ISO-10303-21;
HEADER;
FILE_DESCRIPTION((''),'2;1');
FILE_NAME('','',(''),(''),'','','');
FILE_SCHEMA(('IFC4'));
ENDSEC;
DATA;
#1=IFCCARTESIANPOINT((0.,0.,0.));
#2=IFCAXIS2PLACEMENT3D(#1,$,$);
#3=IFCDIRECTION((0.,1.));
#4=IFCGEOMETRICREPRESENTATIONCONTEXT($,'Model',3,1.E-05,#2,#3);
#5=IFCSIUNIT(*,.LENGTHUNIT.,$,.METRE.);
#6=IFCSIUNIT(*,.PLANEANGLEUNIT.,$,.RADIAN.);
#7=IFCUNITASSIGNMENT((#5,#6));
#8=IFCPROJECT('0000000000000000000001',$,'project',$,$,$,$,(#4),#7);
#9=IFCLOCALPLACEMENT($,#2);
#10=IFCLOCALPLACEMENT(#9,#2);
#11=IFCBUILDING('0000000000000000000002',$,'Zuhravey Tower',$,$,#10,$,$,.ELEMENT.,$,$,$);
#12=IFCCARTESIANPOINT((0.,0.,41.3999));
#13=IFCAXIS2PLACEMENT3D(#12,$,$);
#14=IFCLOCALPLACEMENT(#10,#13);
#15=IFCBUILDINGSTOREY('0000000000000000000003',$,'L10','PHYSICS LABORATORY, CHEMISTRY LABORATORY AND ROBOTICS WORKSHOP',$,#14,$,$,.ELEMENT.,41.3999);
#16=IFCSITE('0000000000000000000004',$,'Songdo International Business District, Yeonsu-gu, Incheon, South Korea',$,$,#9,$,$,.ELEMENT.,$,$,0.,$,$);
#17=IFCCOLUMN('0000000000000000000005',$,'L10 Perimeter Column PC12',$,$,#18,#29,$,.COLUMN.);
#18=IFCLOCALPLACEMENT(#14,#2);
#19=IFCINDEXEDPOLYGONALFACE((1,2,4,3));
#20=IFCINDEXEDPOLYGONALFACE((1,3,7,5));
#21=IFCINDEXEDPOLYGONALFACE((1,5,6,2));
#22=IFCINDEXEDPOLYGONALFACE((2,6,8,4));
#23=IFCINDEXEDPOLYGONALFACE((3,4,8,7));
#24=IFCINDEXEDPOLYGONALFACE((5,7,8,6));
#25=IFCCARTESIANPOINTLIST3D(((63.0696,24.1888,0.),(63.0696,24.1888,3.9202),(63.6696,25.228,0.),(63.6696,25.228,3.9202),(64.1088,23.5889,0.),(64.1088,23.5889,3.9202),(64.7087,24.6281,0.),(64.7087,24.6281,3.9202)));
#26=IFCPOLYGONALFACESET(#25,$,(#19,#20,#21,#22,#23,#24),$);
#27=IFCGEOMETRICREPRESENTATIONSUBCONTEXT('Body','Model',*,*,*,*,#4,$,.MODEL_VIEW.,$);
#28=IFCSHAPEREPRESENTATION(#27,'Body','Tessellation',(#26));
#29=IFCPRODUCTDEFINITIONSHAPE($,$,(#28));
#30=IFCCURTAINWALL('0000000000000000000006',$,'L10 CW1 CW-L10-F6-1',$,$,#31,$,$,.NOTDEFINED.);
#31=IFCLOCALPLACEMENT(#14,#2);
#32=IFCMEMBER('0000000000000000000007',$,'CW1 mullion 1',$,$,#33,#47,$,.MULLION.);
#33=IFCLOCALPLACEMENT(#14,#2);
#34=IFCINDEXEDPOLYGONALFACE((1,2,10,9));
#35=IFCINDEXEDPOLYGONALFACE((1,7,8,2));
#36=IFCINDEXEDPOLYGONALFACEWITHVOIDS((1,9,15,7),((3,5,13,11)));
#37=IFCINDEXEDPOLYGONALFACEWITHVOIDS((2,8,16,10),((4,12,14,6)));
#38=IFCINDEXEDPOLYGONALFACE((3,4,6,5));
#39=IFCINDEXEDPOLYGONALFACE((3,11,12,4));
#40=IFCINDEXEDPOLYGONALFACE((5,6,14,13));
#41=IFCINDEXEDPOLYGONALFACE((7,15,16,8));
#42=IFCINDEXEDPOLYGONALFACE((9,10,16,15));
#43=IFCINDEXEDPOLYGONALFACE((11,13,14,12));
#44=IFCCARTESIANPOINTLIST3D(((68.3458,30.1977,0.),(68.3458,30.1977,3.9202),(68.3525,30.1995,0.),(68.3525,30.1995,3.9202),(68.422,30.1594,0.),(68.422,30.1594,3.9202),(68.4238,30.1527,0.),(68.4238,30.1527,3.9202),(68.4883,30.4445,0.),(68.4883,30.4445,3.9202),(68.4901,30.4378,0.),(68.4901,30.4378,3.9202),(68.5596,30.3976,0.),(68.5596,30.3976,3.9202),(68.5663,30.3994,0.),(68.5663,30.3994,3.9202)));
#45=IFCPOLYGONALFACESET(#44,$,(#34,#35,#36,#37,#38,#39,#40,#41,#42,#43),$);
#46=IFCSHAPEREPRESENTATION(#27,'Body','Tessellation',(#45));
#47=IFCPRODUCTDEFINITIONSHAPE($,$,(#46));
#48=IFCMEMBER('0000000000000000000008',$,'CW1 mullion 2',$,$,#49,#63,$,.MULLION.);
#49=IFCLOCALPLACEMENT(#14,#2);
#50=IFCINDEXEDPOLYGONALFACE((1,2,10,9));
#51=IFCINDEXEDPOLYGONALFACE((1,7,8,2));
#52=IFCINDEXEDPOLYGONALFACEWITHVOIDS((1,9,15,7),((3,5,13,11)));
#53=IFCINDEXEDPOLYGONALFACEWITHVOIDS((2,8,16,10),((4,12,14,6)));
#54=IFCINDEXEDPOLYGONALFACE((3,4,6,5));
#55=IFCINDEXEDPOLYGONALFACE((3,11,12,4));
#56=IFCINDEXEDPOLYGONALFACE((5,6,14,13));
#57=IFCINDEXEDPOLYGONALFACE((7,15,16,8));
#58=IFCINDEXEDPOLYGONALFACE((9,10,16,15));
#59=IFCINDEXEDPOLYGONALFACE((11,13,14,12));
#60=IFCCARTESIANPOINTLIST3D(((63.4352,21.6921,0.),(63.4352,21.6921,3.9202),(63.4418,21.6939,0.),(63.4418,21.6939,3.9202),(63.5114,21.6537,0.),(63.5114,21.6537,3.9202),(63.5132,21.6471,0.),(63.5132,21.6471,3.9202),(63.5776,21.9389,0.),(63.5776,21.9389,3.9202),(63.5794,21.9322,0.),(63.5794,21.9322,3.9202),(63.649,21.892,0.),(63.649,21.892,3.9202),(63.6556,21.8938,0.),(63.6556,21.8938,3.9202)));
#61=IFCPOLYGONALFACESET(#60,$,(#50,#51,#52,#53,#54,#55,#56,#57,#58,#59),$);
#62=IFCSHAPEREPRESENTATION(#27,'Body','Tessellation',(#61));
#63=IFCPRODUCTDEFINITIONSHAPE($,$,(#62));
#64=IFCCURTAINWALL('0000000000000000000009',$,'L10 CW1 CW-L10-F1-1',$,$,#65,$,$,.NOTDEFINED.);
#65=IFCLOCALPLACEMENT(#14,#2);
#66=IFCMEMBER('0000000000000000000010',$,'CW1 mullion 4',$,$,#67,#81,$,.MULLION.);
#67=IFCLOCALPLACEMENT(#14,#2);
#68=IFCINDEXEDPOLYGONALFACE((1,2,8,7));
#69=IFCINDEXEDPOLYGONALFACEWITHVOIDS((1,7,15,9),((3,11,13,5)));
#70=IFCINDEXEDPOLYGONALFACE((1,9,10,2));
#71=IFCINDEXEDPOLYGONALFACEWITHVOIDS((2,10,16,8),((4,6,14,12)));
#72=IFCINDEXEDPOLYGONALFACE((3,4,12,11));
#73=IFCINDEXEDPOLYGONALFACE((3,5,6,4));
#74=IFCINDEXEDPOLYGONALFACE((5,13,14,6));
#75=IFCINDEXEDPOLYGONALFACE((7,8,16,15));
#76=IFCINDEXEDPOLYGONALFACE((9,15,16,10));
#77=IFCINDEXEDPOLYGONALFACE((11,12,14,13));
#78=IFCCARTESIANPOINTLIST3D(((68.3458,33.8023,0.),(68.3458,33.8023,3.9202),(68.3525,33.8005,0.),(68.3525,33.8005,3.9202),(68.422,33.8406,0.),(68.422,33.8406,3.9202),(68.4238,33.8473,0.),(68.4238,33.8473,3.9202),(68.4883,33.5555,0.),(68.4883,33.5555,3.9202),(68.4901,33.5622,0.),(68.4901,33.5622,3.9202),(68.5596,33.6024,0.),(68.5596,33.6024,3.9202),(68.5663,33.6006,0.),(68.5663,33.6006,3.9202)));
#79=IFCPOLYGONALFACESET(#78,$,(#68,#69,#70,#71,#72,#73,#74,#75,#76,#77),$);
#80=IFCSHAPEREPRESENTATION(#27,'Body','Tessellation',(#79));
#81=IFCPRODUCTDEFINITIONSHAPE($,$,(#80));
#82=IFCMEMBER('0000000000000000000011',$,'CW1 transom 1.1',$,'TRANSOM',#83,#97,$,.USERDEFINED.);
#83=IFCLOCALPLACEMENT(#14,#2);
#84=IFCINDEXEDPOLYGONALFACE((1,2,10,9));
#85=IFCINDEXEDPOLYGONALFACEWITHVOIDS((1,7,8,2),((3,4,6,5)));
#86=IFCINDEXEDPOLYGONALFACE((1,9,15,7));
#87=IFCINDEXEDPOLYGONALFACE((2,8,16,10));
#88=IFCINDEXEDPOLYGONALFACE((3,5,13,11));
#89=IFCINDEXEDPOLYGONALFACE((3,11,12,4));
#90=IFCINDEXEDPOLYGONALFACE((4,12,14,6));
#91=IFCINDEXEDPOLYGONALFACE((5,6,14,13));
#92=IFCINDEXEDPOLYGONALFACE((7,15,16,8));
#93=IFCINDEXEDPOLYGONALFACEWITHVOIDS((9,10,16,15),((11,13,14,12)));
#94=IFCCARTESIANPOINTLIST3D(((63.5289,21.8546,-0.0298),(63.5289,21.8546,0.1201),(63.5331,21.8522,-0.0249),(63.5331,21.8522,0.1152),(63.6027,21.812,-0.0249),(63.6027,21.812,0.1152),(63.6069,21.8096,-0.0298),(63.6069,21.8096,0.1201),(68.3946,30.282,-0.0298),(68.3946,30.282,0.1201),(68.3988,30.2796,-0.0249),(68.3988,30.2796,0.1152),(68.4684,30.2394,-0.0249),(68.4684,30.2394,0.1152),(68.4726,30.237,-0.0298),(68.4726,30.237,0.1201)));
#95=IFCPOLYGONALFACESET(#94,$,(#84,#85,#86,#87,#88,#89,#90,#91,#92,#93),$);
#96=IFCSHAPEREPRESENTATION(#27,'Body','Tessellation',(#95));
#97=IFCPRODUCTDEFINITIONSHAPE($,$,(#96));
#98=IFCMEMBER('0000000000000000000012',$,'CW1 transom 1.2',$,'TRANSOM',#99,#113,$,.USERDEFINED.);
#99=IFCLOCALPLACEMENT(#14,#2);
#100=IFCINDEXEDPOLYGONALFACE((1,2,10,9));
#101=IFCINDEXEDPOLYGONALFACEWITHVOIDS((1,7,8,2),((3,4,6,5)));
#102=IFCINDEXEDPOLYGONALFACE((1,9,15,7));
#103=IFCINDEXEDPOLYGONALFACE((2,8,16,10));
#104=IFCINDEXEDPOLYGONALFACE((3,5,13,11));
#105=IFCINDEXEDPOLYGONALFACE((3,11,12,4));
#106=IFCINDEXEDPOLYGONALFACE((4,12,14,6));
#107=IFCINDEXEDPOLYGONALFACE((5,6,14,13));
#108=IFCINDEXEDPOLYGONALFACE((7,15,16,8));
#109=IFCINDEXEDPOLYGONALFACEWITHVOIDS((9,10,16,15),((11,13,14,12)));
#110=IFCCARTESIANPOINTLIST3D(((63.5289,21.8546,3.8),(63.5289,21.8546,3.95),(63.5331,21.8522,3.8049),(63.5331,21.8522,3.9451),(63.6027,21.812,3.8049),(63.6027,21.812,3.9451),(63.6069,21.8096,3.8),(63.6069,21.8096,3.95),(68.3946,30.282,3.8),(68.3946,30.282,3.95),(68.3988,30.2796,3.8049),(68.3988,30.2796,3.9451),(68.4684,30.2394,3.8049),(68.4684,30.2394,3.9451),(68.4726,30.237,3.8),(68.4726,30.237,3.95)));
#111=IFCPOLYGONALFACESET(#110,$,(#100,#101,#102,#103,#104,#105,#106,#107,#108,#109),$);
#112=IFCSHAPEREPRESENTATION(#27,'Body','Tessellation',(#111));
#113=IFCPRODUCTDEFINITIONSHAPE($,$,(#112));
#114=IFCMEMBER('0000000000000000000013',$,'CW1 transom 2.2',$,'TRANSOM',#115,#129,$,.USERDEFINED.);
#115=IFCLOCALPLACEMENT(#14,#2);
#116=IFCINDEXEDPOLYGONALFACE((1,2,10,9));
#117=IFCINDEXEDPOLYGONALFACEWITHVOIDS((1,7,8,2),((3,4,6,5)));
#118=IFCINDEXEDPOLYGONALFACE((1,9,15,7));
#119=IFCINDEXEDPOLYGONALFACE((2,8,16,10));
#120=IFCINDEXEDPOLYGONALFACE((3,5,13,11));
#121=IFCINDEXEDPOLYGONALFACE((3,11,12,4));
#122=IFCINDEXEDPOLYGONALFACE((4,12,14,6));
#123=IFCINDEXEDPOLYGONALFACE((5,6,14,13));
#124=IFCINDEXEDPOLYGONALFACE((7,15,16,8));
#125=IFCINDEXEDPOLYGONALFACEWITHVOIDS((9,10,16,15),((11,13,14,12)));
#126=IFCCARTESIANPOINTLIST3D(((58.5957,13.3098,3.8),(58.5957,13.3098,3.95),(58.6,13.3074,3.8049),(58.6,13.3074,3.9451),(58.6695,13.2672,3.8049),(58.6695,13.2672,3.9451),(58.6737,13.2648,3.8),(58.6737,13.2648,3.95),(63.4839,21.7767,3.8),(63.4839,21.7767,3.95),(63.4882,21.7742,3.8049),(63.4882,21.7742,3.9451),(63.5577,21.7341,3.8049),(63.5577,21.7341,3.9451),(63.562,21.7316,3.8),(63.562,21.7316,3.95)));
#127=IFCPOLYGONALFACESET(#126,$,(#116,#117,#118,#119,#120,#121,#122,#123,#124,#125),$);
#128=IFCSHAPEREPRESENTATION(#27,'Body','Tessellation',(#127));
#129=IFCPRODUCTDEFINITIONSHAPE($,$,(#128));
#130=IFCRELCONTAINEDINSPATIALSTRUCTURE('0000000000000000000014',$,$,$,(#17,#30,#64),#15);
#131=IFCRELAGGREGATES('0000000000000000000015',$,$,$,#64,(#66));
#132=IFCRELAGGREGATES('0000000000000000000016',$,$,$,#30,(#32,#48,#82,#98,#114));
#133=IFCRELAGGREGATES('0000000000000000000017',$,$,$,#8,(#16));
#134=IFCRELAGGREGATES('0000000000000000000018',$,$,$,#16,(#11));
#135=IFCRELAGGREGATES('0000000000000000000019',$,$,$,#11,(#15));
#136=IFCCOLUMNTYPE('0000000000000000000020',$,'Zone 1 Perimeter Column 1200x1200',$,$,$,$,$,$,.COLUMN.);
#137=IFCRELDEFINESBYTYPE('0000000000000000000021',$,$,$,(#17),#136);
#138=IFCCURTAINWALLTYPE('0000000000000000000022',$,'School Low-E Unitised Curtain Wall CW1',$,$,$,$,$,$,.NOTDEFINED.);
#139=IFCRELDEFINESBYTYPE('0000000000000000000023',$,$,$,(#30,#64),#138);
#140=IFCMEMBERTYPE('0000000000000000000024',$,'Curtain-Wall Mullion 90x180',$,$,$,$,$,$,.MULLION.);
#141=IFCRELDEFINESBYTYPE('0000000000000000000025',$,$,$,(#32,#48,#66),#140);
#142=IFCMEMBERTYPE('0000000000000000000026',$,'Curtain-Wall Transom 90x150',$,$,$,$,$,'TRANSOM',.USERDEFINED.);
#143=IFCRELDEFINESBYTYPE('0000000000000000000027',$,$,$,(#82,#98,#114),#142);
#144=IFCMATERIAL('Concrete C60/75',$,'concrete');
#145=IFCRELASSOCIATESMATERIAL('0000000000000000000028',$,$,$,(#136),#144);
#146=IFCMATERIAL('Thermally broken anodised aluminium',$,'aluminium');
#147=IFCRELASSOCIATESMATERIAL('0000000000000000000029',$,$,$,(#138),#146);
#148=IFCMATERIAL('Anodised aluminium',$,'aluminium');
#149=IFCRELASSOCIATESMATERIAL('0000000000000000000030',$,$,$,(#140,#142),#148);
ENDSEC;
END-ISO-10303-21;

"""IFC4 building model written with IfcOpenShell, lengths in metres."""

from ifc_helpers import new_model, si_unit, direction, frame, origin, origin_2d, place, context, subcontext, project, spatial, rectangle, hollow_rectangle, extrude, material, material_profile, profile_set, type_object, element, aggregate, save


model = new_model("IFC4")

# Units and contexts
model_context = context("Model", 3, precision=1e-05, world=origin(), true_north=direction((0.0, 1.0)))
body_context = subcontext(model_context, "Body", "Model", "MODEL_VIEW")
ifc_project = project(units=[si_unit("LENGTHUNIT", "METRE"), si_unit("PLANEANGLEUNIT", "RADIAN")], contexts=[model_context])

# Site, building, storey
site_placement = place(None, origin())
site = spatial("IfcSite", under=ifc_project, at=site_placement, Name="Songdo International Business District, Yeonsu-gu, Incheon, South Korea", CompositionType="ELEMENT", RefElevation=0.0)
building_placement = place(site_placement, origin())
building = spatial("IfcBuilding", under=site, at=building_placement, Name="Zuhravey Tower", CompositionType="ELEMENT")
storey_placement = place(building_placement, frame((0.0, 0.0, 41.3999)))
storey = spatial("IfcBuildingStorey", under=building, at=storey_placement, Name="L10", Description="PHYSICS LABORATORY, CHEMISTRY LABORATORY AND ROBOTICS WORKSHOP", CompositionType="ELEMENT", Elevation=41.3999)

# Column
ifc_material_1 = material(Name="Concrete C60/75", Category="concrete")
ifc_material_profile_1 = material_profile(ifc_material_1, rectangle(XDim=1.2, YDim=1.2, at=origin_2d()), Name="RC-1200x1200")
ifc_profile_set_1 = profile_set([ifc_material_profile_1], Name="Concrete C60/75")
column_type = type_object("IfcColumnType", Name="Zone 1 Perimeter Column 1200x1200", PredefinedType="COLUMN", material=ifc_profile_set_1)
column_placement = place(storey_placement, frame((63.8892, 24.4084, 0.0), z_axis=(0.0, 0.0, 1.0), x_axis=(0.5, 0.866025, 0.0)))
element("IfcColumn", 1, at=column_placement, inside=storey, type_object=column_type, Name="L10 Perimeter Column PC12", PredefinedType="COLUMN", context=body_context, shape_type="SweptSolid", body=[
    extrude(rectangle(XDim=1.2, YDim=1.2, at=origin_2d()), origin(), (0.0, 0.0, 1.0), 3.9202),
])

# Curtain wall, members
ifc_material_2 = material(Name="Thermally broken anodised aluminium", Category="aluminium")
curtain_wall_type = type_object("IfcCurtainWallType", Name="School Low-E Unitised Curtain Wall CW1", PredefinedType="NOTDEFINED", material=ifc_material_2)
curtain_wall_1_placement = place(storey_placement, origin())
curtain_wall_1 = element("IfcCurtainWall", 2, at=curtain_wall_1_placement, inside=storey, type_object=curtain_wall_type, Name="L10 CW1 CW-L10-F6-1", PredefinedType="NOTDEFINED")
ifc_material_3 = material(Name="Anodised aluminium", Category="aluminium")
ifc_material_profile_2 = material_profile(ifc_material_3, hollow_rectangle(XDim=0.0901, YDim=0.2849, WallThickness=0.0049, at=origin_2d()), Name="ALU-RHS-90x285x5")
ifc_profile_set_2 = profile_set([ifc_material_profile_2], Name="Anodised aluminium")
member_type_1 = type_object("IfcMemberType", Name="Curtain-Wall Mullion 90x180", PredefinedType="MULLION", material=ifc_profile_set_2)
member_1_placement = place(storey_placement, frame((68.4561, 30.2986, 0.0), z_axis=(0.0, 0.0, 1.0), x_axis=(0.866026, -0.5, 0.0)))
member_1 = element("IfcMember", 3, at=member_1_placement, type_object=member_type_1, Name="CW1 mullion 1", PredefinedType="MULLION", context=body_context, shape_type="SweptSolid", body=[
    extrude(hollow_rectangle(XDim=0.0901, YDim=0.2849, WallThickness=0.0049, at=origin_2d()), origin(), (0.0, 0.0, 1.0), 3.9202),
])
member_2_placement = place(storey_placement, frame((63.5454, 21.793, 0.0), z_axis=(0.0, 0.0, 1.0), x_axis=(0.866026, -0.5, 0.0)))
member_2 = element("IfcMember", 4, at=member_2_placement, type_object=member_type_1, Name="CW1 mullion 2", PredefinedType="MULLION", context=body_context, shape_type="SweptSolid", body=[
    extrude(hollow_rectangle(XDim=0.0901, YDim=0.2849, WallThickness=0.0049, at=origin_2d()), origin(), (0.0, 0.0, 1.0), 3.9202),
])

# Curtain wall, member
curtain_wall_2_placement = place(storey_placement, origin())
curtain_wall_2 = element("IfcCurtainWall", 5, at=curtain_wall_2_placement, inside=storey, type_object=curtain_wall_type, Name="L10 CW1 CW-L10-F1-1", PredefinedType="NOTDEFINED")
member_3_placement = place(storey_placement, frame((68.4561, 33.7014, 0.0), z_axis=(0.0, 0.0, 1.0), x_axis=(0.866026, 0.5, 0.0)))
member_3 = element("IfcMember", 6, at=member_3_placement, type_object=member_type_1, Name="CW1 mullion 4", PredefinedType="MULLION", context=body_context, shape_type="SweptSolid", body=[
    extrude(hollow_rectangle(XDim=0.0901, YDim=0.2849, WallThickness=0.0049, at=origin_2d()), origin(), (0.0, 0.0, 1.0), 3.9202),
])
aggregate(curtain_wall_2, [member_3])

# Members
ifc_material_profile_3 = material_profile(ifc_material_3, hollow_rectangle(XDim=0.0901, YDim=0.1499, WallThickness=0.0049, at=origin_2d()), Name="ALU-RHS-90x150x5")
ifc_profile_set_3 = profile_set([ifc_material_profile_3], Name="Anodised aluminium")
member_type_2 = type_object("IfcMemberType", Name="Curtain-Wall Transom 90x150", ElementType="TRANSOM", PredefinedType="USERDEFINED", material=ifc_profile_set_3)
member_4_placement = place(storey_placement, frame((68.4336, 30.2595, 0.0452), z_axis=(-0.500008, -0.866021, 0.0), x_axis=(0.866021, -0.500008, 0.0)))
member_4 = element("IfcMember", 7, at=member_4_placement, type_object=member_type_2, Name="CW1 transom 1.1", ObjectType="TRANSOM", PredefinedType="USERDEFINED", context=body_context, shape_type="SweptSolid", body=[
    extrude(hollow_rectangle(XDim=0.0901, YDim=0.1499, WallThickness=0.0049, at=origin_2d()), origin(), (0.0, 0.0, 1.0), 9.7312),
])
member_5_placement = place(storey_placement, frame((68.4336, 30.2595, 3.875), z_axis=(-0.500008, -0.866021, 0.0), x_axis=(0.866021, -0.500008, 0.0)))
member_5 = element("IfcMember", 8, at=member_5_placement, type_object=member_type_2, Name="CW1 transom 1.2", ObjectType="TRANSOM", PredefinedType="USERDEFINED", context=body_context, shape_type="SweptSolid", body=[
    extrude(hollow_rectangle(XDim=0.0901, YDim=0.1499, WallThickness=0.0049, at=origin_2d()), origin(), (0.0, 0.0, 1.0), 9.7312),
])
member_6_placement = place(storey_placement, frame((63.5229, 21.7542, 3.875), z_axis=(-0.49999, -0.866031, 0.0), x_axis=(0.866031, -0.49999, 0.0)))
member_6 = element("IfcMember", 9, at=member_6_placement, type_object=member_type_2, Name="CW1 transom 2.2", ObjectType="TRANSOM", PredefinedType="USERDEFINED", context=body_context, shape_type="SweptSolid", body=[
    extrude(hollow_rectangle(XDim=0.0901, YDim=0.1499, WallThickness=0.0049, at=origin_2d()), origin(), (0.0, 0.0, 1.0), 9.7766),
])

aggregate(curtain_wall_1, [member_1, member_2, member_4, member_5, member_6])

save(model, "model.ifc")
